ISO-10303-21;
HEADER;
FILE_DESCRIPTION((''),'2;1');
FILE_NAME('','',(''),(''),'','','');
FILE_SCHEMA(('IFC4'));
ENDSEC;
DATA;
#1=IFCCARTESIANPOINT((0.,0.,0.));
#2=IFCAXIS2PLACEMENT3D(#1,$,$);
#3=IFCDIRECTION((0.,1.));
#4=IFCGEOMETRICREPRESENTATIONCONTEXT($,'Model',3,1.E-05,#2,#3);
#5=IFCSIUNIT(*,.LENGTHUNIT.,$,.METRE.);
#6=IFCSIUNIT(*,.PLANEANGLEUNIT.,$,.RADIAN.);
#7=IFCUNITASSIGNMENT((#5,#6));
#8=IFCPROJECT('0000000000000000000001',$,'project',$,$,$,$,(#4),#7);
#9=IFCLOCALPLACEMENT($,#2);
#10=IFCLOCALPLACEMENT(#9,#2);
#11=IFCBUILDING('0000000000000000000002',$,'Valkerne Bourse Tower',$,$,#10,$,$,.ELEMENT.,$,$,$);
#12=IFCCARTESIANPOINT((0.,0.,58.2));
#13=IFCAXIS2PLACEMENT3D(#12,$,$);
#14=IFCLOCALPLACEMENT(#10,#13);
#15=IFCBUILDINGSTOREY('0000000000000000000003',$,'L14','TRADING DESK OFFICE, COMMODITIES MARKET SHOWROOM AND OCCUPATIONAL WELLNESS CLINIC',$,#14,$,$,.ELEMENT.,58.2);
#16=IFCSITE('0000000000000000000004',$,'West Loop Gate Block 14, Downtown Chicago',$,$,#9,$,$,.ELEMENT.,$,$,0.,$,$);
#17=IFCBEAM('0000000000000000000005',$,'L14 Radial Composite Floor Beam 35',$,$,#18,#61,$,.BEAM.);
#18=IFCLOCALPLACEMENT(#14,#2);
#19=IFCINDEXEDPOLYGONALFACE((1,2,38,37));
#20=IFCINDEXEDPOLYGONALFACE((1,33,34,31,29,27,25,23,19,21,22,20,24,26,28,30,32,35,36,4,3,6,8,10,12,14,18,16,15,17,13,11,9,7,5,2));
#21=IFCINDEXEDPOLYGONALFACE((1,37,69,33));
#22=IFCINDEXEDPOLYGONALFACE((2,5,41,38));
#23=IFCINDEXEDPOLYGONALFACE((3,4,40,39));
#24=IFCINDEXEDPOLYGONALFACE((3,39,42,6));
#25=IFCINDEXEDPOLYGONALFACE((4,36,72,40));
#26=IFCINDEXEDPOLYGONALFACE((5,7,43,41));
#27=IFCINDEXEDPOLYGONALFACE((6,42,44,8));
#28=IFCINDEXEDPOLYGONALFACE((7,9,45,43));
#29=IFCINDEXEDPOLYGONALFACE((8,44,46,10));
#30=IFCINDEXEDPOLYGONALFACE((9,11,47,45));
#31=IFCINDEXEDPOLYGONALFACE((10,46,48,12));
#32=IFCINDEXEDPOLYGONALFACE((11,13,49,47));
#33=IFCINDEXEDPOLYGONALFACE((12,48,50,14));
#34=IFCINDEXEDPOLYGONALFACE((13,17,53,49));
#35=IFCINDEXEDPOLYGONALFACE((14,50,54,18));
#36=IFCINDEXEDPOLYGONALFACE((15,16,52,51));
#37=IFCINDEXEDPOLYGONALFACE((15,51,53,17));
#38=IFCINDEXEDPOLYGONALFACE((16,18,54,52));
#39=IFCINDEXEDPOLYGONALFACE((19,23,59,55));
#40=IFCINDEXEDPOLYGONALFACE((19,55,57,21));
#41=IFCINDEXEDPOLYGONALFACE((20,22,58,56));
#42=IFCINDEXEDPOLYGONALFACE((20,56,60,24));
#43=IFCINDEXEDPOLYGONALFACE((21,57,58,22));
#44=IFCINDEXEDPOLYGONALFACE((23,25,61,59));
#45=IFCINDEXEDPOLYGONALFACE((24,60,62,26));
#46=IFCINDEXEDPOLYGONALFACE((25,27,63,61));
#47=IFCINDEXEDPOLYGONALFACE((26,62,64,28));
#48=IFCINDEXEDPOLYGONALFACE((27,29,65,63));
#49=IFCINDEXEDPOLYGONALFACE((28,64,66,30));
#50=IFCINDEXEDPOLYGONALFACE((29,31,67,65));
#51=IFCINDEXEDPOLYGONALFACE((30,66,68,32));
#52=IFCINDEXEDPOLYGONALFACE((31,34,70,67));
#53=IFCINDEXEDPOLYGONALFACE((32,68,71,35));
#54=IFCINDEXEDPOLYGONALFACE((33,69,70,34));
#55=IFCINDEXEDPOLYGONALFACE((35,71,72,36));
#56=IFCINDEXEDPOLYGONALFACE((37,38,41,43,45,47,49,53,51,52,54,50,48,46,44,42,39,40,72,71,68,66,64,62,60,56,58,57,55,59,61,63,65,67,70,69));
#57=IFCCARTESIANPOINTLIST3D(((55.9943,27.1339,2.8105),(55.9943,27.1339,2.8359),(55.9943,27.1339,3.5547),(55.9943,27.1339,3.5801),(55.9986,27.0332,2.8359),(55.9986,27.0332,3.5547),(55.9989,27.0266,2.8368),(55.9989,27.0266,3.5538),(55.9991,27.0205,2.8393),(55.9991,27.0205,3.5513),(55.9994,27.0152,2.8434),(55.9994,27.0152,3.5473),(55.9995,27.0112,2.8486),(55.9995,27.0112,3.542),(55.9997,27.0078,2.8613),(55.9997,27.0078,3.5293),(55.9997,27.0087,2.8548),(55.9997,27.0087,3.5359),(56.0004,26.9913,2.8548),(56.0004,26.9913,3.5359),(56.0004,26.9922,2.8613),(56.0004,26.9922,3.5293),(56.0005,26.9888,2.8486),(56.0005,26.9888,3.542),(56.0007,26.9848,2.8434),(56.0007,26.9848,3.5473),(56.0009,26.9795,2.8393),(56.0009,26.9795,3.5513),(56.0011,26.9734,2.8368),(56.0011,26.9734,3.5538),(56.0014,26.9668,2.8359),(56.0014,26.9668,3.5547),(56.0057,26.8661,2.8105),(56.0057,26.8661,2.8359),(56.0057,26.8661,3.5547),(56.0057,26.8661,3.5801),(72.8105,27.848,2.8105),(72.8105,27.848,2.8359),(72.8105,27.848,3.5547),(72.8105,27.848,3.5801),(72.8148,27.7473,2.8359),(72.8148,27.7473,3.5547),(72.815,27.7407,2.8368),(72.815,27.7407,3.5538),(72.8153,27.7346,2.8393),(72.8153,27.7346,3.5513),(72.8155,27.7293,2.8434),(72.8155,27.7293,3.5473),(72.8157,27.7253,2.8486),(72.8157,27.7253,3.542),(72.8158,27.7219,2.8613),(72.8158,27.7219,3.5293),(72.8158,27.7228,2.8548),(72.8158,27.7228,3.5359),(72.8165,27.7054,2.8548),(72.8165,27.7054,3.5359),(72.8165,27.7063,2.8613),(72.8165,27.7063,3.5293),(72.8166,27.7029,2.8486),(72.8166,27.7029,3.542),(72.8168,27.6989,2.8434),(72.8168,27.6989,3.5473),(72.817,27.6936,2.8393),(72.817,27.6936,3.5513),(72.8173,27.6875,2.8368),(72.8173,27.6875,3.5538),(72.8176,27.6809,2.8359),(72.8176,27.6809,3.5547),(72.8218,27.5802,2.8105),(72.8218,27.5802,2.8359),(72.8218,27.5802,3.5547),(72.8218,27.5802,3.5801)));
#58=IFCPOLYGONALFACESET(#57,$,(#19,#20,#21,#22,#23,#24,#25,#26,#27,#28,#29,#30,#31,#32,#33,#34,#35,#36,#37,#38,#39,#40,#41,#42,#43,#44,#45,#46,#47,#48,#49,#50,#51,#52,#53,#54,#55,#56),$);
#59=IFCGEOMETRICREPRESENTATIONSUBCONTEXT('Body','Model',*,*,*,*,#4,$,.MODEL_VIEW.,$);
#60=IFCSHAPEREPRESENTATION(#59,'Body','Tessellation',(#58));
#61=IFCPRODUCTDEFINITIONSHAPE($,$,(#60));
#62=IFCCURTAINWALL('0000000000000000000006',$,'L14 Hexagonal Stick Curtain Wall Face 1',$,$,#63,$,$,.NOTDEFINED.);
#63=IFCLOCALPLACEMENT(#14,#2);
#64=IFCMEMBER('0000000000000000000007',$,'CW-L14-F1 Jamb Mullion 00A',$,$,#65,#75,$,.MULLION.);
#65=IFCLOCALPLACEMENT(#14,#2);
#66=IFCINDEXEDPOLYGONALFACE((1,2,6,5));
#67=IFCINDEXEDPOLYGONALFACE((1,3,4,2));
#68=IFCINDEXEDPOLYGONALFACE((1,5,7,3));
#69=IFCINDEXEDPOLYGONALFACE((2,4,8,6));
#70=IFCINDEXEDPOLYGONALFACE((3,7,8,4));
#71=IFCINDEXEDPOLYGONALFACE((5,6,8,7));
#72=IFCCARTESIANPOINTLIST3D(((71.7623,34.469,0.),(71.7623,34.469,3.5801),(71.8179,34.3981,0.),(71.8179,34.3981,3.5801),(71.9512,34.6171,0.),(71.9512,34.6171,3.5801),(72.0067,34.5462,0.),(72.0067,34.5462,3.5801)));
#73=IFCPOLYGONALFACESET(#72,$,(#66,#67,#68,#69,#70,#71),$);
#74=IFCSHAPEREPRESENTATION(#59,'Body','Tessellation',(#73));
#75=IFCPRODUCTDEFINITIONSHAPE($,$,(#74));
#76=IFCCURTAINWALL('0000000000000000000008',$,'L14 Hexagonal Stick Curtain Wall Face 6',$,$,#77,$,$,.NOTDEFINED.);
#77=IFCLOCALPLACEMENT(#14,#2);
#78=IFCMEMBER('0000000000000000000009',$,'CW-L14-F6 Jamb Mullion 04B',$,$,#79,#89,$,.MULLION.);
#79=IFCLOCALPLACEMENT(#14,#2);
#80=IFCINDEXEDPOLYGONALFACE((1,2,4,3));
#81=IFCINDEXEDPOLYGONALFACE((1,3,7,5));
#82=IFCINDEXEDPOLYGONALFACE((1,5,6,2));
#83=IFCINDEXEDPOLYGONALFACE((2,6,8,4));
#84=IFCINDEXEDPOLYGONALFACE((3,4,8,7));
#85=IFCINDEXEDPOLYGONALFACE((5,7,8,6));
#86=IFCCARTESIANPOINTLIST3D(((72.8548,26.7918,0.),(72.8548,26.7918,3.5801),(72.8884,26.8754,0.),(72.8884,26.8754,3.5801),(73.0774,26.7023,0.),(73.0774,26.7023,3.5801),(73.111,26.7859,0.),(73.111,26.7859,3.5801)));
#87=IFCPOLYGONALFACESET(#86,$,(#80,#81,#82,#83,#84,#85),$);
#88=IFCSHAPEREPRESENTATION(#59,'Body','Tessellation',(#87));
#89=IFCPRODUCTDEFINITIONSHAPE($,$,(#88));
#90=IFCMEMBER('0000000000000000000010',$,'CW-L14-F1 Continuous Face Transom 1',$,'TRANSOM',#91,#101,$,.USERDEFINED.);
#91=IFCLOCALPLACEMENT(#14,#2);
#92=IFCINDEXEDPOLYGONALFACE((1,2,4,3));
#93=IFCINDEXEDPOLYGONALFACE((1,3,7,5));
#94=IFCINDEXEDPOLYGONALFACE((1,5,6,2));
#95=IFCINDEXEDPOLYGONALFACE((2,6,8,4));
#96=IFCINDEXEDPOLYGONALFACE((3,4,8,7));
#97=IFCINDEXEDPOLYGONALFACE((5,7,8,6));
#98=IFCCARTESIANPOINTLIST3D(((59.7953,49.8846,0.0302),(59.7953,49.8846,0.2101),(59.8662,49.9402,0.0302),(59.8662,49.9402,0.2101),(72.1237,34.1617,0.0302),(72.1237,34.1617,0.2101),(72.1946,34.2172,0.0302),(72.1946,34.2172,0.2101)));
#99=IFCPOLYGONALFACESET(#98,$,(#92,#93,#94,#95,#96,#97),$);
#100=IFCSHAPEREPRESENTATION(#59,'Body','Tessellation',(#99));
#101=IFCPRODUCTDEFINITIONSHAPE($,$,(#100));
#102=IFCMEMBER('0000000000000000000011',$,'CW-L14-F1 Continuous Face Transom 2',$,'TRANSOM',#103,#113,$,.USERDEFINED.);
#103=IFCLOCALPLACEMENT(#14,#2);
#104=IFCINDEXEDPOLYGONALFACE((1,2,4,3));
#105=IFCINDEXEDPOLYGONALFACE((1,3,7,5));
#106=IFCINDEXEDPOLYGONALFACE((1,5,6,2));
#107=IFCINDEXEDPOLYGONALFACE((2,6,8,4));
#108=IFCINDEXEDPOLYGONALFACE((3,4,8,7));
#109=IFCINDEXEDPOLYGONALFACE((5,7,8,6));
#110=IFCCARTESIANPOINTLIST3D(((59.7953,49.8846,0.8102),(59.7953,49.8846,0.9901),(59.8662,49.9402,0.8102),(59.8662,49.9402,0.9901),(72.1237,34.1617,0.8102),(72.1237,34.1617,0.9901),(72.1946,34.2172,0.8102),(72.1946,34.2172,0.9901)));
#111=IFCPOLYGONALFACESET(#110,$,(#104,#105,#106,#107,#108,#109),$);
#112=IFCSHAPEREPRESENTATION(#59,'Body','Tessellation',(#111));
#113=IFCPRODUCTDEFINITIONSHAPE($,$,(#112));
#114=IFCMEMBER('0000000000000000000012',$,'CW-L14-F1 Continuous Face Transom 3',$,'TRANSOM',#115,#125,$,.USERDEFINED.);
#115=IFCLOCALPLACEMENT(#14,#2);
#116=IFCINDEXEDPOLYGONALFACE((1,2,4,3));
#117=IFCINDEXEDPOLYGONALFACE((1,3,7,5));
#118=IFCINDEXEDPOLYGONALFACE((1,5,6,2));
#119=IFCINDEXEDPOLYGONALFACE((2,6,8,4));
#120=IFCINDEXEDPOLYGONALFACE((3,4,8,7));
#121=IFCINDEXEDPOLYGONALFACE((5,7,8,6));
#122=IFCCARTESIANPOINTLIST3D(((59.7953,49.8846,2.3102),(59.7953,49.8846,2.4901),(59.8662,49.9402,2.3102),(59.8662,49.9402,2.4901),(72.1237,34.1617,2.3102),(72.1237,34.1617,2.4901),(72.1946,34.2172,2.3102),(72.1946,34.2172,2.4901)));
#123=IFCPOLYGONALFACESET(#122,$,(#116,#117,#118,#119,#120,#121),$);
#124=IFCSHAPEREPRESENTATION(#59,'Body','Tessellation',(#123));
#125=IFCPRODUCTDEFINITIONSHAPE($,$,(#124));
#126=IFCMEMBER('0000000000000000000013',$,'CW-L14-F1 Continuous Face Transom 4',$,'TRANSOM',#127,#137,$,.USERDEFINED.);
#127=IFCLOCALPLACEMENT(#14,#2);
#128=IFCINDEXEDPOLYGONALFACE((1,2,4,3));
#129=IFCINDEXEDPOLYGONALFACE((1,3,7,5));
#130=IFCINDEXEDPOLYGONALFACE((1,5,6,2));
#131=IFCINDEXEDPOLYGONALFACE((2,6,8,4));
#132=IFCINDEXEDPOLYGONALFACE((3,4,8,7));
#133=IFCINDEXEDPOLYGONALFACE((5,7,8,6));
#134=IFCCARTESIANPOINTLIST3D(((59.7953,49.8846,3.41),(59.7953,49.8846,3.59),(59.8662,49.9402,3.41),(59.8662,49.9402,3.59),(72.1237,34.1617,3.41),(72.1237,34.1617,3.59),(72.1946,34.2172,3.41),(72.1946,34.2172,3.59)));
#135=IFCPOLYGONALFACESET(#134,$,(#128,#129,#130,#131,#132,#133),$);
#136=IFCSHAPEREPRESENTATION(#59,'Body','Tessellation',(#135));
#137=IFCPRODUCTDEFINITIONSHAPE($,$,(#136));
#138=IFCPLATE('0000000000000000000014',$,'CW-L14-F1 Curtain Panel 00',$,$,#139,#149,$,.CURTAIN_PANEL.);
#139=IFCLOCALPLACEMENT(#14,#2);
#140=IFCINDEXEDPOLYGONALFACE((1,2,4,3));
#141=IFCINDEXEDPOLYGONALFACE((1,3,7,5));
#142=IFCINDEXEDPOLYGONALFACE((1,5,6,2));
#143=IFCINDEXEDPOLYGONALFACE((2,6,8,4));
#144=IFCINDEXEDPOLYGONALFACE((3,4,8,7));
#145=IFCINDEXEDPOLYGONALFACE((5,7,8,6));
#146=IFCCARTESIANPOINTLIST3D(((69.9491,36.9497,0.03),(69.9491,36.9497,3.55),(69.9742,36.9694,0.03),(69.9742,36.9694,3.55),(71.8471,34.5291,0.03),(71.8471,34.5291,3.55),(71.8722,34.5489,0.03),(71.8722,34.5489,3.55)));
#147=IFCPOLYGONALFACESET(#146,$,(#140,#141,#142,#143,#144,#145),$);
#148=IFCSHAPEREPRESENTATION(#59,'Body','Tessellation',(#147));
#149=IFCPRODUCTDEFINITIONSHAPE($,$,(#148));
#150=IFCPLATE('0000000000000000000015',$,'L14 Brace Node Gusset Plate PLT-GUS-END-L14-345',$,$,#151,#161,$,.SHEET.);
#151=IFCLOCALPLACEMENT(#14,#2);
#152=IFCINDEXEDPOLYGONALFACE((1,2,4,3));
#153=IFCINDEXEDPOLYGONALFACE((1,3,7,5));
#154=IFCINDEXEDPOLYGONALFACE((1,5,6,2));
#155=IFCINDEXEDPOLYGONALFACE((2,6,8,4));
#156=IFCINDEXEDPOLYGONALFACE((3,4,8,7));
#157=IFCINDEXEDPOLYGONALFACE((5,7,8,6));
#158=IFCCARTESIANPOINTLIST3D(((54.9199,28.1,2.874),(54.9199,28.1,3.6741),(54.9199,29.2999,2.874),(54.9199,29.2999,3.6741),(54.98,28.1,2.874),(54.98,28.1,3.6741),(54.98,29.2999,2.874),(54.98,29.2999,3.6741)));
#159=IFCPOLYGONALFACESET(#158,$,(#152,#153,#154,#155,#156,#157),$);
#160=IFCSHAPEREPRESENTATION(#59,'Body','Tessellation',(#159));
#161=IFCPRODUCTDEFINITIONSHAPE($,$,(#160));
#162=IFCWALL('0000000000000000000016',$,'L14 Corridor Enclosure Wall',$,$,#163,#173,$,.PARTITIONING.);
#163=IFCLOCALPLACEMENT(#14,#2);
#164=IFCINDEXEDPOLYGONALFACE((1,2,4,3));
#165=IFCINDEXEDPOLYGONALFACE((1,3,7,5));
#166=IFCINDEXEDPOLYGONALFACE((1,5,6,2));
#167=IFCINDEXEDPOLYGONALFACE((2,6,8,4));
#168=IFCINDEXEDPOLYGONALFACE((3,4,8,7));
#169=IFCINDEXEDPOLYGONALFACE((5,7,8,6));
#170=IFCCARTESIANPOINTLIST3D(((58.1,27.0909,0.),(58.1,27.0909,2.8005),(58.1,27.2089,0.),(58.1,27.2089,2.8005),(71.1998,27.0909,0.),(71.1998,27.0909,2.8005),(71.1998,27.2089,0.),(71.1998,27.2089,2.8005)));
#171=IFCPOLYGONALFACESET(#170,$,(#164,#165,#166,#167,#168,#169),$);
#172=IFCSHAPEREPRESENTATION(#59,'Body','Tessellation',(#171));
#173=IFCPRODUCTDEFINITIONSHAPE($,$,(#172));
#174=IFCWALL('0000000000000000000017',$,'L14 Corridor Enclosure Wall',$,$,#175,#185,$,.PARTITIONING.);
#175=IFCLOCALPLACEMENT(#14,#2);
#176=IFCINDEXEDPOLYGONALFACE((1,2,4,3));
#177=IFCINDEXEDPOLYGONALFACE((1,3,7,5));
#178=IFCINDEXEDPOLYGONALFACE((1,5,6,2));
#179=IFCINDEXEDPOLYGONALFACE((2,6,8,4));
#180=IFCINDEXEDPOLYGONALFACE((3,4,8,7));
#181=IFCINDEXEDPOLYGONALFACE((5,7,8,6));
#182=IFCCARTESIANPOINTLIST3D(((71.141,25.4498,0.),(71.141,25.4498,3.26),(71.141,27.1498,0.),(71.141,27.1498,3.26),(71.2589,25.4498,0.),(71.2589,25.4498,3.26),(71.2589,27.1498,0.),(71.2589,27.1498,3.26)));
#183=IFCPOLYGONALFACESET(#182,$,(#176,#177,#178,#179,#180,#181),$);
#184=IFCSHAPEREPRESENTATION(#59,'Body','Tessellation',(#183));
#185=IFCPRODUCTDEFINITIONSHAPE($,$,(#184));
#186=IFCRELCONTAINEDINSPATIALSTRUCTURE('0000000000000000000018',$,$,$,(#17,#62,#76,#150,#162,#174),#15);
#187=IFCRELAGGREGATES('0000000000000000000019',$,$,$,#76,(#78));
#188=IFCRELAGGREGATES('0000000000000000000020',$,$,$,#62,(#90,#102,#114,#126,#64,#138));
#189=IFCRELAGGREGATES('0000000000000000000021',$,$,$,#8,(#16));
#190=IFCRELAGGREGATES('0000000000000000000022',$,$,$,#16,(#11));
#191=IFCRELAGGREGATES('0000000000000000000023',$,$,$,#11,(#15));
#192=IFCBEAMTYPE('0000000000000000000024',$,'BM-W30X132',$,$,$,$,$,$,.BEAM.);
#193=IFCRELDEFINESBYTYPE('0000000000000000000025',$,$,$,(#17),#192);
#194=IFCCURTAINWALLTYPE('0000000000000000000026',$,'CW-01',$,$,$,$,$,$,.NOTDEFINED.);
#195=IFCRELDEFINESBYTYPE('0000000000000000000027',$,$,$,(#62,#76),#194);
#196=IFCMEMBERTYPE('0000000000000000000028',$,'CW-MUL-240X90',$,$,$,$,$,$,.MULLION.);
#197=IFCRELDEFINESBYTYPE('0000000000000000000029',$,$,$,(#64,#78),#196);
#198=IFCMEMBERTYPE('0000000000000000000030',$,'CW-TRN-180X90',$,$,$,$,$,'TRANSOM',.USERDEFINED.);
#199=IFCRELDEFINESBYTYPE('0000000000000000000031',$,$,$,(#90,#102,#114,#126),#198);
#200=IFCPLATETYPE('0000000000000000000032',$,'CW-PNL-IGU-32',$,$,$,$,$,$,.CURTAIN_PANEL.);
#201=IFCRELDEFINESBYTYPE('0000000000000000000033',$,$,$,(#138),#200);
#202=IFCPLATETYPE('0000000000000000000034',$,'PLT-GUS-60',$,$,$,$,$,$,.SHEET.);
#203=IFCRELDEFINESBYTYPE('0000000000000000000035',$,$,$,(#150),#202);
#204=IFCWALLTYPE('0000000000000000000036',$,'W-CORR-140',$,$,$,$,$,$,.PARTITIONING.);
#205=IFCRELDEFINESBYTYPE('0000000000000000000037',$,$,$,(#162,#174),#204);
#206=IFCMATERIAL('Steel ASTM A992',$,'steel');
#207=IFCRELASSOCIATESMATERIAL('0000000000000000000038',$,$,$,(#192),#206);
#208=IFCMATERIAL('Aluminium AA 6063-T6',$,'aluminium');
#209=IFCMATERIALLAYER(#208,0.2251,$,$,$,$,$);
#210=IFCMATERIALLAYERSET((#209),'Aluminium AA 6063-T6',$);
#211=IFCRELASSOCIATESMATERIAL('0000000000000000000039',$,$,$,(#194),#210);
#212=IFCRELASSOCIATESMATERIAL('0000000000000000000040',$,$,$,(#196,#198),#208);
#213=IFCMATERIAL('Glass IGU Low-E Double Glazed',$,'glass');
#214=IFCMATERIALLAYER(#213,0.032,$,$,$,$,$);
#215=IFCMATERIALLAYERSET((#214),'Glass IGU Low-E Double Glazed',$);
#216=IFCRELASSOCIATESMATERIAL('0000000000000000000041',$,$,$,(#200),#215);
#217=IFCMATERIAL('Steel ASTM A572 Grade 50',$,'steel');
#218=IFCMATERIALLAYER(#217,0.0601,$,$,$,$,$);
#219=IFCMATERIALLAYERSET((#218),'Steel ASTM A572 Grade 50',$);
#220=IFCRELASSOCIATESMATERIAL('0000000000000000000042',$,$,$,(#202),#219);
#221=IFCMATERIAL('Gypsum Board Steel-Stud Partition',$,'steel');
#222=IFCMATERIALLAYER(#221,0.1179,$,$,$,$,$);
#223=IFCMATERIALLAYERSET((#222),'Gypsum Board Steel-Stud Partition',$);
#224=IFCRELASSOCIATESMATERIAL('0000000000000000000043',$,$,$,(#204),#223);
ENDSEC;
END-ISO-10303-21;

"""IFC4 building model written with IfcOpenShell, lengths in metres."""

from ifc_helpers import new_model, si_unit, direction, frame, frame_2d, origin, origin_2d, place, context, subcontext, project, spatial, rectangle, i_section, extrude, material, layer, layer_set, material_profile, profile_set, type_object, element, aggregate, save


model = new_model("IFC4")

# Units and contexts
model_context = context("Model", 3, precision=1e-05, world=origin(), true_north=direction((0.0, 1.0)))
body_context = subcontext(model_context, "Body", "Model", "MODEL_VIEW")
ifc_project = project(units=[si_unit("LENGTHUNIT", "METRE"), si_unit("PLANEANGLEUNIT", "RADIAN")], contexts=[model_context])

# Site, building, storey
site_placement = place(None, origin())
site = spatial("IfcSite", under=ifc_project, at=site_placement, Name="West Loop Gate Block 14, Downtown Chicago", CompositionType="ELEMENT", RefElevation=0.0)
building_placement = place(site_placement, origin())
building = spatial("IfcBuilding", under=site, at=building_placement, Name="Valkerne Bourse Tower", CompositionType="ELEMENT")
storey_placement = place(building_placement, frame((0.0, 0.0, 58.2)))
storey = spatial("IfcBuildingStorey", under=building, at=storey_placement, Name="L14", Description="TRADING DESK OFFICE, COMMODITIES MARKET SHOWROOM AND OCCUPATIONAL WELLNESS CLINIC", CompositionType="ELEMENT", Elevation=58.2)

# Beam
ifc_material_1 = material(Name="Steel ASTM A992", Category="steel")
ifc_material_profile_1 = material_profile(ifc_material_1, i_section(OverallWidth=0.2681, OverallDepth=0.7695, WebThickness=0.0156, FlangeThickness=0.0254, FilletRadius=0.0254, at=origin_2d()), Name="W30X132")
ifc_profile_set_1 = profile_set([ifc_material_profile_1], Name="Steel ASTM A992")
beam_type_1 = type_object("IfcBeamType", Name="BM-W30X132", PredefinedType="BEAM", material=ifc_profile_set_1)
beam_1_placement = place(storey_placement, frame((72.8162, 27.7141, 3.1953), z_axis=(-0.9991, -0.042428, 0.0), x_axis=(0.042428, -0.9991, 0.0)))
element("IfcBeam", 1, at=beam_1_placement, inside=storey, type_object=beam_type_1, Name="L14 Radial Composite Floor Beam 35", PredefinedType="BEAM", context=body_context, shape_type="SweptSolid", body=[
    extrude(i_section(OverallWidth=0.2681, OverallDepth=0.7695, WebThickness=0.0156, FlangeThickness=0.0254, FilletRadius=0.0254, at=origin_2d()), origin(), (0.0, 0.0, 1.0), 16.8313),
])

# Curtain walls, members
ifc_material_2 = material(Name="Aluminium AA 6063-T6", Category="aluminium")
ifc_layer_1 = layer(ifc_material_2, 0.2251)
ifc_layer_set_1 = layer_set([ifc_layer_1], Name="Aluminium AA 6063-T6")
curtain_wall_type = type_object("IfcCurtainWallType", Name="CW-01", PredefinedType="NOTDEFINED", material=ifc_layer_set_1)
curtain_wall_1_placement = place(storey_placement, origin())
curtain_wall_1 = element("IfcCurtainWall", 2, at=curtain_wall_1_placement, inside=storey, type_object=curtain_wall_type, Name="L14 Hexagonal Stick Curtain Wall Face 1", PredefinedType="NOTDEFINED")
ifc_material_profile_2 = material_profile(ifc_material_2, rectangle(XDim=0.0901, YDim=0.24, at=origin_2d()), Name="CWM-90X240")
ifc_profile_set_2 = profile_set([ifc_material_profile_2], Name="Aluminium AA 6063-T6")
member_type_1 = type_object("IfcMemberType", Name="CW-MUL-240X90", PredefinedType="MULLION", material=ifc_profile_set_2)
member_1_placement = place(storey_placement, frame((71.8845, 34.5076, 0.0), z_axis=(0.0, 0.0, 1.0), x_axis=(-0.617051, 0.786923, 0.0)))
member_1 = element("IfcMember", 3, at=member_1_placement, type_object=member_type_1, Name="CW-L14-F1 Jamb Mullion 00A", PredefinedType="MULLION", context=body_context, shape_type="SweptSolid", body=[
    extrude(rectangle(XDim=0.0901, YDim=0.24, at=origin_2d()), origin(), (0.0, 0.0, 1.0), 3.5801),
])
curtain_wall_2_placement = place(storey_placement, origin())
curtain_wall_2 = element("IfcCurtainWall", 4, at=curtain_wall_2_placement, inside=storey, type_object=curtain_wall_type, Name="L14 Hexagonal Stick Curtain Wall Face 6", PredefinedType="NOTDEFINED")
member_2_placement = place(storey_placement, frame((72.9829, 26.7888, 0.0), z_axis=(0.0, 0.0, 1.0), x_axis=(0.372991, 0.927835, 0.0)))
member_2 = element("IfcMember", 5, at=member_2_placement, type_object=member_type_1, Name="CW-L14-F6 Jamb Mullion 04B", PredefinedType="MULLION", context=body_context, shape_type="SweptSolid", body=[
    extrude(rectangle(XDim=0.0901, YDim=0.24, at=origin_2d()), origin(), (0.0, 0.0, 1.0), 3.5801),
])
aggregate(curtain_wall_2, [member_2])

# Members
ifc_material_profile_3 = material_profile(ifc_material_2, rectangle(XDim=0.0901, YDim=0.1799, at=origin_2d()), Name="CWT-90X180")
ifc_profile_set_3 = profile_set([ifc_material_profile_3], Name="Aluminium AA 6063-T6")
member_type_2 = type_object("IfcMemberType", Name="CW-TRN-180X90", ElementType="TRANSOM", PredefinedType="USERDEFINED", material=ifc_profile_set_3)
member_3_placement = place(storey_placement, frame((72.1592, 34.1895, 0.1201), z_axis=(-0.617037, 0.786934, 0.0), x_axis=(-0.786934, -0.617037, 0.0)))
member_3 = element("IfcMember", 6, at=member_3_placement, type_object=member_type_2, Name="CW-L14-F1 Continuous Face Transom 1", ObjectType="TRANSOM", PredefinedType="USERDEFINED", context=body_context, shape_type="SweptSolid", body=[
    extrude(rectangle(XDim=0.0901, YDim=0.1799, at=origin_2d()), origin(), (0.0, 0.0, 1.0), 19.98),
])
member_4_placement = place(storey_placement, frame((72.1592, 34.1895, 0.9001), z_axis=(-0.617037, 0.786934, 0.0), x_axis=(-0.786934, -0.617037, 0.0)))
member_4 = element("IfcMember", 7, at=member_4_placement, type_object=member_type_2, Name="CW-L14-F1 Continuous Face Transom 2", ObjectType="TRANSOM", PredefinedType="USERDEFINED", context=body_context, shape_type="SweptSolid", body=[
    extrude(rectangle(XDim=0.0901, YDim=0.1799, at=origin_2d()), origin(), (0.0, 0.0, 1.0), 19.98),
])
member_5_placement = place(storey_placement, frame((72.1592, 34.1895, 2.4001), z_axis=(-0.617037, 0.786934, 0.0), x_axis=(-0.786934, -0.617037, 0.0)))
member_5 = element("IfcMember", 8, at=member_5_placement, type_object=member_type_2, Name="CW-L14-F1 Continuous Face Transom 3", ObjectType="TRANSOM", PredefinedType="USERDEFINED", context=body_context, shape_type="SweptSolid", body=[
    extrude(rectangle(XDim=0.0901, YDim=0.1799, at=origin_2d()), origin(), (0.0, 0.0, 1.0), 19.98),
])
member_6_placement = place(storey_placement, frame((72.1592, 34.1895, 3.5), z_axis=(-0.617037, 0.786934, 0.0), x_axis=(-0.786934, -0.617037, 0.0)))
member_6 = element("IfcMember", 9, at=member_6_placement, type_object=member_type_2, Name="CW-L14-F1 Continuous Face Transom 4", ObjectType="TRANSOM", PredefinedType="USERDEFINED", context=body_context, shape_type="SweptSolid", body=[
    extrude(rectangle(XDim=0.0901, YDim=0.1799, at=origin_2d()), origin(), (0.0, 0.0, 1.0), 19.98),
])

# Plates
ifc_material_3 = material(Name="Glass IGU Low-E Double Glazed", Category="glass")
ifc_layer_2 = layer(ifc_material_3, 0.032)
ifc_layer_set_2 = layer_set([ifc_layer_2], Name="Glass IGU Low-E Double Glazed")
plate_type_1 = type_object("IfcPlateType", Name="CW-PNL-IGU-32", PredefinedType="CURTAIN_PANEL", material=ifc_layer_set_2)
plate_1_placement = place(storey_placement, frame((70.9106, 35.7493, 0.03), z_axis=(0.0, 0.0, 1.0), x_axis=(-0.617051, 0.786923, 0.0)))
plate_1 = element("IfcPlate", 10, at=plate_1_placement, type_object=plate_type_1, Name="CW-L14-F1 Curtain Panel 00", PredefinedType="CURTAIN_PANEL", context=body_context, shape_type="SweptSolid", body=[
    extrude(rectangle(XDim=3.0759, YDim=0.032, at=origin_2d()), origin(), (0.0, 0.0, 1.0), 3.52),
])
aggregate(curtain_wall_1, [member_3, member_4, member_5, member_6, member_1, plate_1])
ifc_material_4 = material(Name="Steel ASTM A572 Grade 50", Category="steel")
ifc_layer_3 = layer(ifc_material_4, 0.0601)
ifc_layer_set_3 = layer_set([ifc_layer_3], Name="Steel ASTM A572 Grade 50")
plate_type_2 = type_object("IfcPlateType", Name="PLT-GUS-60", PredefinedType="SHEET", material=ifc_layer_set_3)
plate_2_placement = place(storey_placement, frame((54.95, 28.7, 2.874), z_axis=(0.0, 0.0, 1.0), x_axis=(0.0, 1.0, 0.0)))
element("IfcPlate", 11, at=plate_2_placement, inside=storey, type_object=plate_type_2, Name="L14 Brace Node Gusset Plate PLT-GUS-END-L14-345", PredefinedType="SHEET", context=body_context, shape_type="SweptSolid", body=[
    extrude(rectangle(XDim=1.2, YDim=0.0601, at=origin_2d()), origin(), (0.0, 0.0, 1.0), 0.8),
])

# Walls
ifc_material_5 = material(Name="Gypsum Board Steel-Stud Partition", Category="steel")
ifc_layer_4 = layer(ifc_material_5, 0.1179)
ifc_layer_set_4 = layer_set([ifc_layer_4], Name="Gypsum Board Steel-Stud Partition")
wall_type_1 = type_object("IfcWallType", Name="W-CORR-140", PredefinedType="PARTITIONING", material=ifc_layer_set_4)
wall_1_placement = place(storey_placement, frame((58.1001, 27.1499, 0.0), z_axis=(0.0, 0.0, 1.0), x_axis=(1.0, 0.0, 0.0)))
element("IfcWall", 12, at=wall_1_placement, inside=storey, type_object=wall_type_1, Name="L14 Corridor Enclosure Wall", PredefinedType="PARTITIONING", context=body_context, shape_type="SweptSolid", body=[
    extrude(rectangle(XDim=13.0999, YDim=0.1179, at=frame_2d((6.5498, 0.0))), origin(), (0.0, 0.0, 1.0), 2.8005),
])
wall_2_placement = place(storey_placement, frame((71.2, 27.1499, 0.0), z_axis=(0.0, 0.0, 1.0), x_axis=(0.0, -1.0, 0.0)))
element("IfcWall", 13, at=wall_2_placement, inside=storey, type_object=wall_type_1, Name="L14 Corridor Enclosure Wall", PredefinedType="PARTITIONING", context=body_context, shape_type="SweptSolid", body=[
    extrude(rectangle(XDim=1.7, YDim=0.1179, at=frame_2d((0.8501, 0.0))), origin(), (0.0, 0.0, 1.0), 3.26),
])

save(model, "model.ifc")
